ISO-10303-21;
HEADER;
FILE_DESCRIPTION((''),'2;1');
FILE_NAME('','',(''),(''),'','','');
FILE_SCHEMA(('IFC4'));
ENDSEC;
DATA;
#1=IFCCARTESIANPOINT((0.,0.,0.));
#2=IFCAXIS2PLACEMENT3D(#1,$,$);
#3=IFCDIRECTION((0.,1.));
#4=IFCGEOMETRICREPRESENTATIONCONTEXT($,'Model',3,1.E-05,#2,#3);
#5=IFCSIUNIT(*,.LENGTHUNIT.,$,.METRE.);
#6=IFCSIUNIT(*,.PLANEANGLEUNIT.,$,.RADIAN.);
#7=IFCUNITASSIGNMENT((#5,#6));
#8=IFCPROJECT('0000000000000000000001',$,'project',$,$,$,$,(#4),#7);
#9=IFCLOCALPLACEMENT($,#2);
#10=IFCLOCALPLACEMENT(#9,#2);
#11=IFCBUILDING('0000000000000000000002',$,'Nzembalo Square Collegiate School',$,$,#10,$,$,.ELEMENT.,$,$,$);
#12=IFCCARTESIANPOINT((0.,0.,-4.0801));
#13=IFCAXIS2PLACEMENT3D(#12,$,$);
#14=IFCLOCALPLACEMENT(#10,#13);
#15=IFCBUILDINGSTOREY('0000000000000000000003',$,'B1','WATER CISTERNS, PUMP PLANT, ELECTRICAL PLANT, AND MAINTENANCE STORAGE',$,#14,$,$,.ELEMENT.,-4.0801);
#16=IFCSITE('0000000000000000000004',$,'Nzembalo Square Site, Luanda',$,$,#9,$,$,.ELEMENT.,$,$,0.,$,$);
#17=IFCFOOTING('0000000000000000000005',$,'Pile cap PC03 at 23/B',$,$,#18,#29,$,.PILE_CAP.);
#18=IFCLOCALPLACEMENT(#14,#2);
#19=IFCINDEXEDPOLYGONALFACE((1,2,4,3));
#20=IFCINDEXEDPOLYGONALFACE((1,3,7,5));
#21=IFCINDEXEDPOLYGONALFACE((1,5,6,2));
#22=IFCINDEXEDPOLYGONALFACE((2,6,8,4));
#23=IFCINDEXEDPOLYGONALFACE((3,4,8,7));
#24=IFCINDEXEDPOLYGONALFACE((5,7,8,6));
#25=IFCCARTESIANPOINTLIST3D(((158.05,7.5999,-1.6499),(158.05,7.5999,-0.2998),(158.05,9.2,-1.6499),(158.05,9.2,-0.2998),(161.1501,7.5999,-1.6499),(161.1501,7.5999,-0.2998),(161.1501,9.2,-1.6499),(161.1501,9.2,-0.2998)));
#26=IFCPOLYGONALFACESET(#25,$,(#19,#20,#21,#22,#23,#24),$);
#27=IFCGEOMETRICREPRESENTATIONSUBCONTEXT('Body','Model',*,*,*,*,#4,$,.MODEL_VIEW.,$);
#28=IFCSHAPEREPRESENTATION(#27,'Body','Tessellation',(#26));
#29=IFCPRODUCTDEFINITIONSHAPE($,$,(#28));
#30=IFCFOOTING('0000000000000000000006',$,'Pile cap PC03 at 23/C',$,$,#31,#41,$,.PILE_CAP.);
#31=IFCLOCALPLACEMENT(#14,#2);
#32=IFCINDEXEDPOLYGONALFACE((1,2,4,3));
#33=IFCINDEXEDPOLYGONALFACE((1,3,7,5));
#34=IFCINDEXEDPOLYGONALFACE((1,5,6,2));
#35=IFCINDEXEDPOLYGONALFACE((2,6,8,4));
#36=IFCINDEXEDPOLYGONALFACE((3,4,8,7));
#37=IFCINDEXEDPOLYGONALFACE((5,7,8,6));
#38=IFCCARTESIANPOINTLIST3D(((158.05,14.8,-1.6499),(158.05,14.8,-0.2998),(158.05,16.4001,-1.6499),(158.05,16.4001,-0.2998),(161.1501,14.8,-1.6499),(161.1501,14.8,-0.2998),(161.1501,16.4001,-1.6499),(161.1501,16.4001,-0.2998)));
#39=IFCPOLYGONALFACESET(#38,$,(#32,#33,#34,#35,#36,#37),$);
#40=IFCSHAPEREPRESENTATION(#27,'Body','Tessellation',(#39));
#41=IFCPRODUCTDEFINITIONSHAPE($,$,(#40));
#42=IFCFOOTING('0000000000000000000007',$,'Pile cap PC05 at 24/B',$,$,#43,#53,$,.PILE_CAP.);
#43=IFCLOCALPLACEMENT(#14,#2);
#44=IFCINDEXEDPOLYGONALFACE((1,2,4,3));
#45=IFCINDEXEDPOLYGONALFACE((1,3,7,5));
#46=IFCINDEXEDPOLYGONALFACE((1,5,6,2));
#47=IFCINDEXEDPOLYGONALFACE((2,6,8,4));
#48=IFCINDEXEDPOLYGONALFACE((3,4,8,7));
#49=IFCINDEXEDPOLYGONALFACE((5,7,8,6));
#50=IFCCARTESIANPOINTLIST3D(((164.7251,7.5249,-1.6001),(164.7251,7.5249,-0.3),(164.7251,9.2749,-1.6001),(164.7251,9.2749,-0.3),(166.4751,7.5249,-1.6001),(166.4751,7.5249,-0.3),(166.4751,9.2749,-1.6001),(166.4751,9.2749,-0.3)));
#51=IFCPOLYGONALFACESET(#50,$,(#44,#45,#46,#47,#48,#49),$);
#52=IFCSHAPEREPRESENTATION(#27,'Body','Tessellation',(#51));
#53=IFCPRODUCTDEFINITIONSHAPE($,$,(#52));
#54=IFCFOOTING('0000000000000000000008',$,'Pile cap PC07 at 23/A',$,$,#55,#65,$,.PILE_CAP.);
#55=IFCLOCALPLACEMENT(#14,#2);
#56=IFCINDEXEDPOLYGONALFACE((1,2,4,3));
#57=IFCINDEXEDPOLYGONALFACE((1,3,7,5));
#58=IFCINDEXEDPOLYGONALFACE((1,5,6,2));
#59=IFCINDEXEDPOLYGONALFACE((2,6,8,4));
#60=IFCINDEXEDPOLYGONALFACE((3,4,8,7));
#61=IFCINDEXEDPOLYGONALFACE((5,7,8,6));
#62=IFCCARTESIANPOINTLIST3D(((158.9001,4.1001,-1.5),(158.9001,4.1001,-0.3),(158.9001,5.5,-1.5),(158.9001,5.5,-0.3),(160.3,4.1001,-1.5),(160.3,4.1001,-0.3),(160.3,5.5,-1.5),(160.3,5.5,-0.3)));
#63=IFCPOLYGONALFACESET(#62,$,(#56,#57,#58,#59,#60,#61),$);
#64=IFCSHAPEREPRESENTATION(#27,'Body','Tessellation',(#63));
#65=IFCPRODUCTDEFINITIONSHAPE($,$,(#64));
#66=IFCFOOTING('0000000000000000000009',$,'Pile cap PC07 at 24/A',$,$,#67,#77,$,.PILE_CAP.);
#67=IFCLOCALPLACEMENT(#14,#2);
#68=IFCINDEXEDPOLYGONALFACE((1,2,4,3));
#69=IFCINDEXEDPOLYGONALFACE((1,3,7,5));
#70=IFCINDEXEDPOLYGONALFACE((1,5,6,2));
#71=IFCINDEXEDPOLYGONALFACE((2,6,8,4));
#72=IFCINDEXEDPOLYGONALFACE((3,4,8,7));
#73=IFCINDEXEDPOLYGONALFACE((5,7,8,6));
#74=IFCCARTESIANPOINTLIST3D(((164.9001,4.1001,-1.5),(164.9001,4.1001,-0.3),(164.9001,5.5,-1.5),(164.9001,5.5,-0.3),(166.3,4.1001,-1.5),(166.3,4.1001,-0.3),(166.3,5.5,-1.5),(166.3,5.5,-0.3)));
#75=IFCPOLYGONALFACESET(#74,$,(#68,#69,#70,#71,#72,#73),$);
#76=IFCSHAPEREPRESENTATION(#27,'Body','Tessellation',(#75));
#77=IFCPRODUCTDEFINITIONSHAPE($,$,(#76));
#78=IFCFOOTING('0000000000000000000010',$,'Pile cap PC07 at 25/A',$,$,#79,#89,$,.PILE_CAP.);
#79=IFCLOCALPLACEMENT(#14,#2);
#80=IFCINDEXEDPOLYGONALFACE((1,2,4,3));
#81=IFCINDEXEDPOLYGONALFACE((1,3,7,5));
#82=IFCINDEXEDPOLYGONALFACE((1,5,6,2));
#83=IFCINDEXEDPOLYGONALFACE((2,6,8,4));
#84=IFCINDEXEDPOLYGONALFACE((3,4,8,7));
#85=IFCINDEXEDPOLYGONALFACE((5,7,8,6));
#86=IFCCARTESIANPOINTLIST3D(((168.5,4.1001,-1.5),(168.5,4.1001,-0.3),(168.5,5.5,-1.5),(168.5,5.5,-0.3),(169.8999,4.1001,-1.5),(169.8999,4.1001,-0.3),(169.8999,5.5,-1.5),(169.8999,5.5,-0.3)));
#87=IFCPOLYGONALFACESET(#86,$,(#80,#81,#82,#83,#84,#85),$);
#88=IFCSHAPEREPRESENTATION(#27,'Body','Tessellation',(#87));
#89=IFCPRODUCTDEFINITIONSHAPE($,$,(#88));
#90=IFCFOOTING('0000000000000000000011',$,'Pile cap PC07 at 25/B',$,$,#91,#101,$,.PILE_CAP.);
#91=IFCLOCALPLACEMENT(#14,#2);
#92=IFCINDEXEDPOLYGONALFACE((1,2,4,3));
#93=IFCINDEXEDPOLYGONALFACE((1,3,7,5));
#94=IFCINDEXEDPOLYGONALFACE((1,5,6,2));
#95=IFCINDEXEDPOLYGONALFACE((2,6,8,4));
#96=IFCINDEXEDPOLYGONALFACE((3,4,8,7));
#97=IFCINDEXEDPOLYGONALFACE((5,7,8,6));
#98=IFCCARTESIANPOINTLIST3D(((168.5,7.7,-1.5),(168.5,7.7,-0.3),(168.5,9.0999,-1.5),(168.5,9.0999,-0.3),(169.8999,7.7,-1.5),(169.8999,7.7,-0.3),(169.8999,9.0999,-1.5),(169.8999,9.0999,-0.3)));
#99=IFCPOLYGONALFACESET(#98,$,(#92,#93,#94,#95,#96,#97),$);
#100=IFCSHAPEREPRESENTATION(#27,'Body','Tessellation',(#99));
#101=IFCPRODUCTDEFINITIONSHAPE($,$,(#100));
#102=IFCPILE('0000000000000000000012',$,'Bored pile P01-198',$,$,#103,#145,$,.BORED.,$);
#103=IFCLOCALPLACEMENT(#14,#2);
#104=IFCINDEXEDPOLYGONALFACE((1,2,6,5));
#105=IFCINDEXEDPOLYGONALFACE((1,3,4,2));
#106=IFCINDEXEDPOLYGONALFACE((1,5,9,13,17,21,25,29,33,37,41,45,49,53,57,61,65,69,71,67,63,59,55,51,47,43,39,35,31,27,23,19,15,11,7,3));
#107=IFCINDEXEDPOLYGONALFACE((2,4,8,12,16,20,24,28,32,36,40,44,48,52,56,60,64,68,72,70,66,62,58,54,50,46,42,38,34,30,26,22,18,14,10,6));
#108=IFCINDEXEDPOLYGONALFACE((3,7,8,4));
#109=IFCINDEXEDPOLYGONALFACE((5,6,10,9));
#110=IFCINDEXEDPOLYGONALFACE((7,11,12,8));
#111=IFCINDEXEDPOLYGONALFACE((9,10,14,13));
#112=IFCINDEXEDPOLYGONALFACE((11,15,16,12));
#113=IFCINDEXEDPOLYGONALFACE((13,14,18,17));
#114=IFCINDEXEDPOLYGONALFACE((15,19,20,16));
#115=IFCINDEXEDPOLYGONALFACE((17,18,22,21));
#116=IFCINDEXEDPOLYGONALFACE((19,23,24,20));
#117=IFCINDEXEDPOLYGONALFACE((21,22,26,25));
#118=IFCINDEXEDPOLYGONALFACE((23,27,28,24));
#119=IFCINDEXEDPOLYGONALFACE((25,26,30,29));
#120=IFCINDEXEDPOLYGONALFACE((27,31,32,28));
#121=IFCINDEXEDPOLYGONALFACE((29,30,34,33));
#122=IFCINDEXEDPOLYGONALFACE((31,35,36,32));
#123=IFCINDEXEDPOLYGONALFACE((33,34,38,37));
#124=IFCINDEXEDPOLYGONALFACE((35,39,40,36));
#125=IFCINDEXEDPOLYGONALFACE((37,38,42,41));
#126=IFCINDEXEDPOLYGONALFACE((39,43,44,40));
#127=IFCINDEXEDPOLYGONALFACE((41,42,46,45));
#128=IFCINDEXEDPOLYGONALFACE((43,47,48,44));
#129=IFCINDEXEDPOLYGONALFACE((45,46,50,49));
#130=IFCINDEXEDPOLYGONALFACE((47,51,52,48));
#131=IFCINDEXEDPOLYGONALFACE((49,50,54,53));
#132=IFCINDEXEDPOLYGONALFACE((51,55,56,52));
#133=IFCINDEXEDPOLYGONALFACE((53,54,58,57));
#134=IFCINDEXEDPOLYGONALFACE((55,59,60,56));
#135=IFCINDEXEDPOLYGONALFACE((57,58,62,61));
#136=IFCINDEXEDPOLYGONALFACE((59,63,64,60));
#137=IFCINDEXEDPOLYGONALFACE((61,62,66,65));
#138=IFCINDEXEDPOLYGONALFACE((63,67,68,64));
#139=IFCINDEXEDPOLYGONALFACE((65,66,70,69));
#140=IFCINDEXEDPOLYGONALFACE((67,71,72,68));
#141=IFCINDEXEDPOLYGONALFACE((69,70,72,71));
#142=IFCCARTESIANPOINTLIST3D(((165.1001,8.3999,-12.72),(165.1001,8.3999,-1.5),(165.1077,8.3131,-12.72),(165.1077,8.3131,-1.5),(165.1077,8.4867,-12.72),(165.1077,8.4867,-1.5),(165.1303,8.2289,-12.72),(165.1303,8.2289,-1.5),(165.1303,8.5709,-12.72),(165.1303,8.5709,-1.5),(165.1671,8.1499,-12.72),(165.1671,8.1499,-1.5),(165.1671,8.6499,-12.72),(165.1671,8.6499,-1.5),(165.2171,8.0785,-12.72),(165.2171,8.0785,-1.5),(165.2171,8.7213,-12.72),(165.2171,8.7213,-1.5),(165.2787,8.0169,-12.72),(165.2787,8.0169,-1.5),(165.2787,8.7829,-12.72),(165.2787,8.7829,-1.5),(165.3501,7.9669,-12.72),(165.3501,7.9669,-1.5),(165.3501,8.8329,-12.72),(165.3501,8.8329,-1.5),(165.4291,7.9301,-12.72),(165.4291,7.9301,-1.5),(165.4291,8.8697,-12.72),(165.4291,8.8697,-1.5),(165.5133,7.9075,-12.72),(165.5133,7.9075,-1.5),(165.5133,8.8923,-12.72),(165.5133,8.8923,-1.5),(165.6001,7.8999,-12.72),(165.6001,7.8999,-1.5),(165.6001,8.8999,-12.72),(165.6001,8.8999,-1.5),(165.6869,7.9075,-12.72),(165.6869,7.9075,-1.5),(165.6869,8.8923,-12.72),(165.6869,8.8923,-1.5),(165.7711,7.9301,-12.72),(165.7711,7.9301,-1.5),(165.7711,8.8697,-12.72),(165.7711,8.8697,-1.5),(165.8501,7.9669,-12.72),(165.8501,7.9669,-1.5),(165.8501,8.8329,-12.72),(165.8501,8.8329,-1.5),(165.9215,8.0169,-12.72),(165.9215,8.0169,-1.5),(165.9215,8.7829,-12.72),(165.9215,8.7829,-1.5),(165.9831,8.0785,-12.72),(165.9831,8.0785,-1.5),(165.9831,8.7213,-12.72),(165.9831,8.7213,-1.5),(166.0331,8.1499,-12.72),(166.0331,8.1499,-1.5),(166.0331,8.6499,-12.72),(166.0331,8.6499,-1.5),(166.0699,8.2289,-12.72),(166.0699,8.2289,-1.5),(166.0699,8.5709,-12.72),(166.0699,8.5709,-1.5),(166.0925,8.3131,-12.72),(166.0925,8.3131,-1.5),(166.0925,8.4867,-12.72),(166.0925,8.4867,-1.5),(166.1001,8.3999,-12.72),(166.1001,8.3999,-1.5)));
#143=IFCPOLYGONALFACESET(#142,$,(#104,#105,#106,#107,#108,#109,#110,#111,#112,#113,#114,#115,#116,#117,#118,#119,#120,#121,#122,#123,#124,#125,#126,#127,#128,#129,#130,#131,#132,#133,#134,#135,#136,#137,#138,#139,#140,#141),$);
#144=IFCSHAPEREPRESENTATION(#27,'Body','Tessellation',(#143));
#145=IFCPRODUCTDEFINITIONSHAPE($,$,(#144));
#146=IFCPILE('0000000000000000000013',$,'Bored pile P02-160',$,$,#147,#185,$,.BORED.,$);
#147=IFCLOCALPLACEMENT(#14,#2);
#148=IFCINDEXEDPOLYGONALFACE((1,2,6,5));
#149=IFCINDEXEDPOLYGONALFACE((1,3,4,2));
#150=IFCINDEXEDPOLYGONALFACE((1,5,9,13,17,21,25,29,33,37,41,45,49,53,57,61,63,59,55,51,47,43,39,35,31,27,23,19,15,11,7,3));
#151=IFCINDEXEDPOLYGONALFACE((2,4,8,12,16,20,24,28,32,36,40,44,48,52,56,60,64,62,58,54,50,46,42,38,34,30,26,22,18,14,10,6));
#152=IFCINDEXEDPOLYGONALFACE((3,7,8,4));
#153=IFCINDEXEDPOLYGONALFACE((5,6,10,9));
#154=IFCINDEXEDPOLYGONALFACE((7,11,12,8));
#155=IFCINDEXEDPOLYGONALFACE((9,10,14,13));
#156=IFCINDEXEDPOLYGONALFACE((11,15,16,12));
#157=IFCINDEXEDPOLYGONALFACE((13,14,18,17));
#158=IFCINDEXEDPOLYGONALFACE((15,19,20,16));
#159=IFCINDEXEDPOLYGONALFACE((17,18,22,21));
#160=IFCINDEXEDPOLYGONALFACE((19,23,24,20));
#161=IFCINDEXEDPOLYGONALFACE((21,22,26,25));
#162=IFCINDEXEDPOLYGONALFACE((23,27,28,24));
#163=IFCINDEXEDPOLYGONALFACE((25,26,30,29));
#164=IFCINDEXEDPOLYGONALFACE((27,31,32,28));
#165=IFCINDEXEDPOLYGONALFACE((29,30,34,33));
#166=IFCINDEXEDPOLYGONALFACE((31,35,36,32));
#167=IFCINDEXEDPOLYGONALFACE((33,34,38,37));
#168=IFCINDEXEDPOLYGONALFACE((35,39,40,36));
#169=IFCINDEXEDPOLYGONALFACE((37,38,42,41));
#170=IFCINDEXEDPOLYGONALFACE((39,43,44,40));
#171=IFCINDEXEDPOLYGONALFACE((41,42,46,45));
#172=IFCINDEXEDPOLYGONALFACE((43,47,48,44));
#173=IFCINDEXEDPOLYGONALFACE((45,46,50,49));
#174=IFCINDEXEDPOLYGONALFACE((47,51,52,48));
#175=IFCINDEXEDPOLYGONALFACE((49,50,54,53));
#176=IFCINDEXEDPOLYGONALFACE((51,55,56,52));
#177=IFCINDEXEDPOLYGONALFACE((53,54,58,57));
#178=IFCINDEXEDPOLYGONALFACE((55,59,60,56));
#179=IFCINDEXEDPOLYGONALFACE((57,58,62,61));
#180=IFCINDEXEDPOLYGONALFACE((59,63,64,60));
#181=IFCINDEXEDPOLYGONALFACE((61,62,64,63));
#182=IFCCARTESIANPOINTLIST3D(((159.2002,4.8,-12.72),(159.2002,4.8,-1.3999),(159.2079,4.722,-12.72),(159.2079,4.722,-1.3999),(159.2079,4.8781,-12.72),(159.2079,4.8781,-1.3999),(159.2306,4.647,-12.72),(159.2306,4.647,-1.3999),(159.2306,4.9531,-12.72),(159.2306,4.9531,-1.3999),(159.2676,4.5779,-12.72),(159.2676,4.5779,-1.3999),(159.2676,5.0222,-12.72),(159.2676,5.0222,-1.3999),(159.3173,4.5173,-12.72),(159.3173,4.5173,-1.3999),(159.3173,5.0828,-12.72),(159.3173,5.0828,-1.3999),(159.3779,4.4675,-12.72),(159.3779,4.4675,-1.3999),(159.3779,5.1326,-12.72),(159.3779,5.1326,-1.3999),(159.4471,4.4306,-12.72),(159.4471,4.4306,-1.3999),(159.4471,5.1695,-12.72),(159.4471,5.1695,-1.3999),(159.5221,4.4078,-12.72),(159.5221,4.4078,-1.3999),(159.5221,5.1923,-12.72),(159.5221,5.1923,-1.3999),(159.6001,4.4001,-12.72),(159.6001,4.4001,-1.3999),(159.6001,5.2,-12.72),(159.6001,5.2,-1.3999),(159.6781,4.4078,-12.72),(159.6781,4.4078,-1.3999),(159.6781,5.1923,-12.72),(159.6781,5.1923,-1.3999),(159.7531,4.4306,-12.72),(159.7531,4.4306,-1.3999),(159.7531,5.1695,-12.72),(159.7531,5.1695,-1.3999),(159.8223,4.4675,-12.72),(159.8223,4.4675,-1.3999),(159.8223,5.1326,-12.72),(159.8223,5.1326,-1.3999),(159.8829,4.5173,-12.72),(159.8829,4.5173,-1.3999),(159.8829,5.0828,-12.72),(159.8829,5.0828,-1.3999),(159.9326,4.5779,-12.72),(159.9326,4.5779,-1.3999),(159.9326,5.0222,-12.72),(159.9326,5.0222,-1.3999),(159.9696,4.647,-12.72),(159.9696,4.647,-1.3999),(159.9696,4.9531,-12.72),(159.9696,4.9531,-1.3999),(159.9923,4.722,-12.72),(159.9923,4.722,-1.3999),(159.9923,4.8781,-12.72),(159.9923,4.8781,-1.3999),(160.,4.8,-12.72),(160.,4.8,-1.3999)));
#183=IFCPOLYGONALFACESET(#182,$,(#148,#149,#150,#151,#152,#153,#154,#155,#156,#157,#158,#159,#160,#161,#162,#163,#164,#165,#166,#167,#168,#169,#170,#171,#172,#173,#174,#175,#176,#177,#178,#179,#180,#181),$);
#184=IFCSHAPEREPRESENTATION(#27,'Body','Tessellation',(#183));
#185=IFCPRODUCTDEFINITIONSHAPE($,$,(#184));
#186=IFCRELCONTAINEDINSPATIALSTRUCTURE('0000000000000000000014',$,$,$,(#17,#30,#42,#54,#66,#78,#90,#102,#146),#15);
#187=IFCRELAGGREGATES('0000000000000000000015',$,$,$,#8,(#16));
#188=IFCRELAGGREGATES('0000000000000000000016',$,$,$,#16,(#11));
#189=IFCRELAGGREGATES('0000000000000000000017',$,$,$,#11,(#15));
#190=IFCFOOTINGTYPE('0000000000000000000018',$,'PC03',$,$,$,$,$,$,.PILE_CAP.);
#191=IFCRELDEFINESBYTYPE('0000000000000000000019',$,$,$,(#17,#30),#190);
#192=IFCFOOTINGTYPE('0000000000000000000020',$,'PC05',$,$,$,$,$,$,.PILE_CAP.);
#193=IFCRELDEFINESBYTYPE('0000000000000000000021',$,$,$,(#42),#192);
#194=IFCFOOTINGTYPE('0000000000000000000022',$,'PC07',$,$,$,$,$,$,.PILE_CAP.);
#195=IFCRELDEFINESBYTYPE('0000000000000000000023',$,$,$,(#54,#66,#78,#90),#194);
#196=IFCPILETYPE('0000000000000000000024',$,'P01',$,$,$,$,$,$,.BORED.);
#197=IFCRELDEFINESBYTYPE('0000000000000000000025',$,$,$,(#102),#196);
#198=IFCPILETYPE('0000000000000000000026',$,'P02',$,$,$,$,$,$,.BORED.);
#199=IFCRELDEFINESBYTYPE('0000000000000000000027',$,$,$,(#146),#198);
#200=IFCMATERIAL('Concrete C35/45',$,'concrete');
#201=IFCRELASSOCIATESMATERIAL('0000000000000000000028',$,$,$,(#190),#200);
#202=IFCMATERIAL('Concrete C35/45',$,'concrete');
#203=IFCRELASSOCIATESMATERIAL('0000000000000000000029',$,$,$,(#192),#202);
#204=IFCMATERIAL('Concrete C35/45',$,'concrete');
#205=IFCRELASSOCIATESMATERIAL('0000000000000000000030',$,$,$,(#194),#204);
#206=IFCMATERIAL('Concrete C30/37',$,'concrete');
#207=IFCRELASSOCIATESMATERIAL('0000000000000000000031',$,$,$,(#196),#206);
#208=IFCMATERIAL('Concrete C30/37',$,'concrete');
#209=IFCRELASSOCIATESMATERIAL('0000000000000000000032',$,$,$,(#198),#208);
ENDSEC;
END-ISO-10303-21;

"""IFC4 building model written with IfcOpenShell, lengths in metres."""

from ifc_helpers import new_model, si_unit, direction, frame, origin, origin_2d, place, context, subcontext, project, spatial, rectangle, circle, extrude, material, material_profile, profile_set, type_object, element, save


model = new_model("IFC4")

# Units and contexts
model_context = context("Model", 3, precision=1e-05, world=origin(), true_north=direction((0.0, 1.0)))
body_context = subcontext(model_context, "Body", "Model", "MODEL_VIEW")
ifc_project = project(units=[si_unit("LENGTHUNIT", "METRE"), si_unit("PLANEANGLEUNIT", "RADIAN")], contexts=[model_context])

# Site, building, storey
site_placement = place(None, origin())
site = spatial("IfcSite", under=ifc_project, at=site_placement, Name="Nzembalo Square Site, Luanda", CompositionType="ELEMENT", RefElevation=0.0)
building_placement = place(site_placement, origin())
building = spatial("IfcBuilding", under=site, at=building_placement, Name="Nzembalo Square Collegiate School", CompositionType="ELEMENT")
storey_placement = place(building_placement, frame((0.0, 0.0, -4.0801)))
storey = spatial("IfcBuildingStorey", under=building, at=storey_placement, Name="B1", Description="WATER CISTERNS, PUMP PLANT, ELECTRICAL PLANT, AND MAINTENANCE STORAGE", CompositionType="ELEMENT", Elevation=-4.0801)

# Footings
ifc_material_1 = material(Name="Concrete C35/45", Category="concrete")
footing_type_1 = type_object("IfcFootingType", Name="PC03", PredefinedType="PILE_CAP", material=ifc_material_1)
for number, where, z_axis, x_axis, name in (
    (1, (159.6001, 8.3999, -1.6499), (0.0, 0.0, 1.0), (1.0, 0.0, 0.0), "Pile cap PC03 at 23/B"),
    (2, (159.6001, 15.6001, -1.6499), (0.0, 0.0, 1.0), (1.0, 0.0, 0.0), "Pile cap PC03 at 23/C"),
):
    element("IfcFooting", number, at=place(storey_placement, frame(where, z_axis=z_axis, x_axis=x_axis)), inside=storey, type_object=footing_type_1, Name=name, PredefinedType="PILE_CAP", context=body_context, shape_type="SweptSolid", body=[
        extrude(rectangle(XDim=3.1001, YDim=1.6001, at=origin_2d()), origin(), (0.0, 0.0, 1.0), 1.3501),
    ])
ifc_material_2 = material(Name="Concrete C35/45", Category="concrete")
footing_type_2 = type_object("IfcFootingType", Name="PC05", PredefinedType="PILE_CAP", material=ifc_material_2)
footing_placement = place(storey_placement, frame((165.6001, 8.3999, -1.6001), z_axis=(0.0, 0.0, 1.0), x_axis=(1.0, 0.0, 0.0)))
element("IfcFooting", 3, at=footing_placement, inside=storey, type_object=footing_type_2, Name="Pile cap PC05 at 24/B", PredefinedType="PILE_CAP", context=body_context, shape_type="SweptSolid", body=[
    extrude(rectangle(XDim=1.75, YDim=1.75, at=origin_2d()), origin(), (0.0, 0.0, 1.0), 1.3),
])
ifc_material_3 = material(Name="Concrete C35/45", Category="concrete")
footing_type_3 = type_object("IfcFootingType", Name="PC07", PredefinedType="PILE_CAP", material=ifc_material_3)
for number, where, z_axis, x_axis, name in (
    (4, (159.6001, 4.8, -1.5), (0.0, 0.0, 1.0), (1.0, 0.0, 0.0), "Pile cap PC07 at 23/A"),
    (5, (165.6001, 4.8, -1.5), (0.0, 0.0, 1.0), (1.0, 0.0, 0.0), "Pile cap PC07 at 24/A"),
    (6, (169.2, 4.8, -1.5), (0.0, 0.0, 1.0), (1.0, 0.0, 0.0), "Pile cap PC07 at 25/A"),
    (7, (169.2, 8.3999, -1.5), (0.0, 0.0, 1.0), (1.0, 0.0, 0.0), "Pile cap PC07 at 25/B"),
):
    element("IfcFooting", number, at=place(storey_placement, frame(where, z_axis=z_axis, x_axis=x_axis)), inside=storey, type_object=footing_type_3, Name=name, PredefinedType="PILE_CAP", context=body_context, shape_type="SweptSolid", body=[
        extrude(rectangle(XDim=1.3999, YDim=1.3999, at=origin_2d()), origin(), (0.0, 0.0, 1.0), 1.2),
    ])

# Piles
ifc_material_4 = material(Name="Concrete C30/37", Category="concrete")
ifc_material_profile_1 = material_profile(ifc_material_4, circle(Radius=0.5, at=origin_2d()), Name="PILE D1000")
ifc_profile_set_1 = profile_set([ifc_material_profile_1], Name="Concrete C30/37")
pile_type_1 = type_object("IfcPileType", Name="P01", PredefinedType="BORED", material=ifc_profile_set_1)
pile_1_placement = place(storey_placement, frame((165.6001, 8.3999, -1.5), z_axis=(0.0, 0.0, -1.0), x_axis=(1.0, 0.0, 0.0)))
element("IfcPile", 8, at=pile_1_placement, inside=storey, type_object=pile_type_1, Name="Bored pile P01-198", PredefinedType="BORED", context=body_context, shape_type="SweptSolid", body=[
    extrude(circle(Radius=0.5, at=origin_2d()), origin(), (0.0, 0.0, 1.0), 11.22),
])
ifc_material_5 = material(Name="Concrete C30/37", Category="concrete")
ifc_material_profile_2 = material_profile(ifc_material_5, circle(Radius=0.3999, at=origin_2d()), Name="PILE D800")
ifc_profile_set_2 = profile_set([ifc_material_profile_2], Name="Concrete C30/37")
pile_type_2 = type_object("IfcPileType", Name="P02", PredefinedType="BORED", material=ifc_profile_set_2)
pile_2_placement = place(storey_placement, frame((159.6001, 4.8, -1.3999), z_axis=(0.0, 0.0, -1.0), x_axis=(1.0, 0.0, 0.0)))
element("IfcPile", 9, at=pile_2_placement, inside=storey, type_object=pile_type_2, Name="Bored pile P02-160", PredefinedType="BORED", context=body_context, shape_type="SweptSolid", body=[
    extrude(circle(Radius=0.3999, at=origin_2d()), origin(), (0.0, 0.0, 1.0), 11.3201),
])

save(model, "model.ifc")
